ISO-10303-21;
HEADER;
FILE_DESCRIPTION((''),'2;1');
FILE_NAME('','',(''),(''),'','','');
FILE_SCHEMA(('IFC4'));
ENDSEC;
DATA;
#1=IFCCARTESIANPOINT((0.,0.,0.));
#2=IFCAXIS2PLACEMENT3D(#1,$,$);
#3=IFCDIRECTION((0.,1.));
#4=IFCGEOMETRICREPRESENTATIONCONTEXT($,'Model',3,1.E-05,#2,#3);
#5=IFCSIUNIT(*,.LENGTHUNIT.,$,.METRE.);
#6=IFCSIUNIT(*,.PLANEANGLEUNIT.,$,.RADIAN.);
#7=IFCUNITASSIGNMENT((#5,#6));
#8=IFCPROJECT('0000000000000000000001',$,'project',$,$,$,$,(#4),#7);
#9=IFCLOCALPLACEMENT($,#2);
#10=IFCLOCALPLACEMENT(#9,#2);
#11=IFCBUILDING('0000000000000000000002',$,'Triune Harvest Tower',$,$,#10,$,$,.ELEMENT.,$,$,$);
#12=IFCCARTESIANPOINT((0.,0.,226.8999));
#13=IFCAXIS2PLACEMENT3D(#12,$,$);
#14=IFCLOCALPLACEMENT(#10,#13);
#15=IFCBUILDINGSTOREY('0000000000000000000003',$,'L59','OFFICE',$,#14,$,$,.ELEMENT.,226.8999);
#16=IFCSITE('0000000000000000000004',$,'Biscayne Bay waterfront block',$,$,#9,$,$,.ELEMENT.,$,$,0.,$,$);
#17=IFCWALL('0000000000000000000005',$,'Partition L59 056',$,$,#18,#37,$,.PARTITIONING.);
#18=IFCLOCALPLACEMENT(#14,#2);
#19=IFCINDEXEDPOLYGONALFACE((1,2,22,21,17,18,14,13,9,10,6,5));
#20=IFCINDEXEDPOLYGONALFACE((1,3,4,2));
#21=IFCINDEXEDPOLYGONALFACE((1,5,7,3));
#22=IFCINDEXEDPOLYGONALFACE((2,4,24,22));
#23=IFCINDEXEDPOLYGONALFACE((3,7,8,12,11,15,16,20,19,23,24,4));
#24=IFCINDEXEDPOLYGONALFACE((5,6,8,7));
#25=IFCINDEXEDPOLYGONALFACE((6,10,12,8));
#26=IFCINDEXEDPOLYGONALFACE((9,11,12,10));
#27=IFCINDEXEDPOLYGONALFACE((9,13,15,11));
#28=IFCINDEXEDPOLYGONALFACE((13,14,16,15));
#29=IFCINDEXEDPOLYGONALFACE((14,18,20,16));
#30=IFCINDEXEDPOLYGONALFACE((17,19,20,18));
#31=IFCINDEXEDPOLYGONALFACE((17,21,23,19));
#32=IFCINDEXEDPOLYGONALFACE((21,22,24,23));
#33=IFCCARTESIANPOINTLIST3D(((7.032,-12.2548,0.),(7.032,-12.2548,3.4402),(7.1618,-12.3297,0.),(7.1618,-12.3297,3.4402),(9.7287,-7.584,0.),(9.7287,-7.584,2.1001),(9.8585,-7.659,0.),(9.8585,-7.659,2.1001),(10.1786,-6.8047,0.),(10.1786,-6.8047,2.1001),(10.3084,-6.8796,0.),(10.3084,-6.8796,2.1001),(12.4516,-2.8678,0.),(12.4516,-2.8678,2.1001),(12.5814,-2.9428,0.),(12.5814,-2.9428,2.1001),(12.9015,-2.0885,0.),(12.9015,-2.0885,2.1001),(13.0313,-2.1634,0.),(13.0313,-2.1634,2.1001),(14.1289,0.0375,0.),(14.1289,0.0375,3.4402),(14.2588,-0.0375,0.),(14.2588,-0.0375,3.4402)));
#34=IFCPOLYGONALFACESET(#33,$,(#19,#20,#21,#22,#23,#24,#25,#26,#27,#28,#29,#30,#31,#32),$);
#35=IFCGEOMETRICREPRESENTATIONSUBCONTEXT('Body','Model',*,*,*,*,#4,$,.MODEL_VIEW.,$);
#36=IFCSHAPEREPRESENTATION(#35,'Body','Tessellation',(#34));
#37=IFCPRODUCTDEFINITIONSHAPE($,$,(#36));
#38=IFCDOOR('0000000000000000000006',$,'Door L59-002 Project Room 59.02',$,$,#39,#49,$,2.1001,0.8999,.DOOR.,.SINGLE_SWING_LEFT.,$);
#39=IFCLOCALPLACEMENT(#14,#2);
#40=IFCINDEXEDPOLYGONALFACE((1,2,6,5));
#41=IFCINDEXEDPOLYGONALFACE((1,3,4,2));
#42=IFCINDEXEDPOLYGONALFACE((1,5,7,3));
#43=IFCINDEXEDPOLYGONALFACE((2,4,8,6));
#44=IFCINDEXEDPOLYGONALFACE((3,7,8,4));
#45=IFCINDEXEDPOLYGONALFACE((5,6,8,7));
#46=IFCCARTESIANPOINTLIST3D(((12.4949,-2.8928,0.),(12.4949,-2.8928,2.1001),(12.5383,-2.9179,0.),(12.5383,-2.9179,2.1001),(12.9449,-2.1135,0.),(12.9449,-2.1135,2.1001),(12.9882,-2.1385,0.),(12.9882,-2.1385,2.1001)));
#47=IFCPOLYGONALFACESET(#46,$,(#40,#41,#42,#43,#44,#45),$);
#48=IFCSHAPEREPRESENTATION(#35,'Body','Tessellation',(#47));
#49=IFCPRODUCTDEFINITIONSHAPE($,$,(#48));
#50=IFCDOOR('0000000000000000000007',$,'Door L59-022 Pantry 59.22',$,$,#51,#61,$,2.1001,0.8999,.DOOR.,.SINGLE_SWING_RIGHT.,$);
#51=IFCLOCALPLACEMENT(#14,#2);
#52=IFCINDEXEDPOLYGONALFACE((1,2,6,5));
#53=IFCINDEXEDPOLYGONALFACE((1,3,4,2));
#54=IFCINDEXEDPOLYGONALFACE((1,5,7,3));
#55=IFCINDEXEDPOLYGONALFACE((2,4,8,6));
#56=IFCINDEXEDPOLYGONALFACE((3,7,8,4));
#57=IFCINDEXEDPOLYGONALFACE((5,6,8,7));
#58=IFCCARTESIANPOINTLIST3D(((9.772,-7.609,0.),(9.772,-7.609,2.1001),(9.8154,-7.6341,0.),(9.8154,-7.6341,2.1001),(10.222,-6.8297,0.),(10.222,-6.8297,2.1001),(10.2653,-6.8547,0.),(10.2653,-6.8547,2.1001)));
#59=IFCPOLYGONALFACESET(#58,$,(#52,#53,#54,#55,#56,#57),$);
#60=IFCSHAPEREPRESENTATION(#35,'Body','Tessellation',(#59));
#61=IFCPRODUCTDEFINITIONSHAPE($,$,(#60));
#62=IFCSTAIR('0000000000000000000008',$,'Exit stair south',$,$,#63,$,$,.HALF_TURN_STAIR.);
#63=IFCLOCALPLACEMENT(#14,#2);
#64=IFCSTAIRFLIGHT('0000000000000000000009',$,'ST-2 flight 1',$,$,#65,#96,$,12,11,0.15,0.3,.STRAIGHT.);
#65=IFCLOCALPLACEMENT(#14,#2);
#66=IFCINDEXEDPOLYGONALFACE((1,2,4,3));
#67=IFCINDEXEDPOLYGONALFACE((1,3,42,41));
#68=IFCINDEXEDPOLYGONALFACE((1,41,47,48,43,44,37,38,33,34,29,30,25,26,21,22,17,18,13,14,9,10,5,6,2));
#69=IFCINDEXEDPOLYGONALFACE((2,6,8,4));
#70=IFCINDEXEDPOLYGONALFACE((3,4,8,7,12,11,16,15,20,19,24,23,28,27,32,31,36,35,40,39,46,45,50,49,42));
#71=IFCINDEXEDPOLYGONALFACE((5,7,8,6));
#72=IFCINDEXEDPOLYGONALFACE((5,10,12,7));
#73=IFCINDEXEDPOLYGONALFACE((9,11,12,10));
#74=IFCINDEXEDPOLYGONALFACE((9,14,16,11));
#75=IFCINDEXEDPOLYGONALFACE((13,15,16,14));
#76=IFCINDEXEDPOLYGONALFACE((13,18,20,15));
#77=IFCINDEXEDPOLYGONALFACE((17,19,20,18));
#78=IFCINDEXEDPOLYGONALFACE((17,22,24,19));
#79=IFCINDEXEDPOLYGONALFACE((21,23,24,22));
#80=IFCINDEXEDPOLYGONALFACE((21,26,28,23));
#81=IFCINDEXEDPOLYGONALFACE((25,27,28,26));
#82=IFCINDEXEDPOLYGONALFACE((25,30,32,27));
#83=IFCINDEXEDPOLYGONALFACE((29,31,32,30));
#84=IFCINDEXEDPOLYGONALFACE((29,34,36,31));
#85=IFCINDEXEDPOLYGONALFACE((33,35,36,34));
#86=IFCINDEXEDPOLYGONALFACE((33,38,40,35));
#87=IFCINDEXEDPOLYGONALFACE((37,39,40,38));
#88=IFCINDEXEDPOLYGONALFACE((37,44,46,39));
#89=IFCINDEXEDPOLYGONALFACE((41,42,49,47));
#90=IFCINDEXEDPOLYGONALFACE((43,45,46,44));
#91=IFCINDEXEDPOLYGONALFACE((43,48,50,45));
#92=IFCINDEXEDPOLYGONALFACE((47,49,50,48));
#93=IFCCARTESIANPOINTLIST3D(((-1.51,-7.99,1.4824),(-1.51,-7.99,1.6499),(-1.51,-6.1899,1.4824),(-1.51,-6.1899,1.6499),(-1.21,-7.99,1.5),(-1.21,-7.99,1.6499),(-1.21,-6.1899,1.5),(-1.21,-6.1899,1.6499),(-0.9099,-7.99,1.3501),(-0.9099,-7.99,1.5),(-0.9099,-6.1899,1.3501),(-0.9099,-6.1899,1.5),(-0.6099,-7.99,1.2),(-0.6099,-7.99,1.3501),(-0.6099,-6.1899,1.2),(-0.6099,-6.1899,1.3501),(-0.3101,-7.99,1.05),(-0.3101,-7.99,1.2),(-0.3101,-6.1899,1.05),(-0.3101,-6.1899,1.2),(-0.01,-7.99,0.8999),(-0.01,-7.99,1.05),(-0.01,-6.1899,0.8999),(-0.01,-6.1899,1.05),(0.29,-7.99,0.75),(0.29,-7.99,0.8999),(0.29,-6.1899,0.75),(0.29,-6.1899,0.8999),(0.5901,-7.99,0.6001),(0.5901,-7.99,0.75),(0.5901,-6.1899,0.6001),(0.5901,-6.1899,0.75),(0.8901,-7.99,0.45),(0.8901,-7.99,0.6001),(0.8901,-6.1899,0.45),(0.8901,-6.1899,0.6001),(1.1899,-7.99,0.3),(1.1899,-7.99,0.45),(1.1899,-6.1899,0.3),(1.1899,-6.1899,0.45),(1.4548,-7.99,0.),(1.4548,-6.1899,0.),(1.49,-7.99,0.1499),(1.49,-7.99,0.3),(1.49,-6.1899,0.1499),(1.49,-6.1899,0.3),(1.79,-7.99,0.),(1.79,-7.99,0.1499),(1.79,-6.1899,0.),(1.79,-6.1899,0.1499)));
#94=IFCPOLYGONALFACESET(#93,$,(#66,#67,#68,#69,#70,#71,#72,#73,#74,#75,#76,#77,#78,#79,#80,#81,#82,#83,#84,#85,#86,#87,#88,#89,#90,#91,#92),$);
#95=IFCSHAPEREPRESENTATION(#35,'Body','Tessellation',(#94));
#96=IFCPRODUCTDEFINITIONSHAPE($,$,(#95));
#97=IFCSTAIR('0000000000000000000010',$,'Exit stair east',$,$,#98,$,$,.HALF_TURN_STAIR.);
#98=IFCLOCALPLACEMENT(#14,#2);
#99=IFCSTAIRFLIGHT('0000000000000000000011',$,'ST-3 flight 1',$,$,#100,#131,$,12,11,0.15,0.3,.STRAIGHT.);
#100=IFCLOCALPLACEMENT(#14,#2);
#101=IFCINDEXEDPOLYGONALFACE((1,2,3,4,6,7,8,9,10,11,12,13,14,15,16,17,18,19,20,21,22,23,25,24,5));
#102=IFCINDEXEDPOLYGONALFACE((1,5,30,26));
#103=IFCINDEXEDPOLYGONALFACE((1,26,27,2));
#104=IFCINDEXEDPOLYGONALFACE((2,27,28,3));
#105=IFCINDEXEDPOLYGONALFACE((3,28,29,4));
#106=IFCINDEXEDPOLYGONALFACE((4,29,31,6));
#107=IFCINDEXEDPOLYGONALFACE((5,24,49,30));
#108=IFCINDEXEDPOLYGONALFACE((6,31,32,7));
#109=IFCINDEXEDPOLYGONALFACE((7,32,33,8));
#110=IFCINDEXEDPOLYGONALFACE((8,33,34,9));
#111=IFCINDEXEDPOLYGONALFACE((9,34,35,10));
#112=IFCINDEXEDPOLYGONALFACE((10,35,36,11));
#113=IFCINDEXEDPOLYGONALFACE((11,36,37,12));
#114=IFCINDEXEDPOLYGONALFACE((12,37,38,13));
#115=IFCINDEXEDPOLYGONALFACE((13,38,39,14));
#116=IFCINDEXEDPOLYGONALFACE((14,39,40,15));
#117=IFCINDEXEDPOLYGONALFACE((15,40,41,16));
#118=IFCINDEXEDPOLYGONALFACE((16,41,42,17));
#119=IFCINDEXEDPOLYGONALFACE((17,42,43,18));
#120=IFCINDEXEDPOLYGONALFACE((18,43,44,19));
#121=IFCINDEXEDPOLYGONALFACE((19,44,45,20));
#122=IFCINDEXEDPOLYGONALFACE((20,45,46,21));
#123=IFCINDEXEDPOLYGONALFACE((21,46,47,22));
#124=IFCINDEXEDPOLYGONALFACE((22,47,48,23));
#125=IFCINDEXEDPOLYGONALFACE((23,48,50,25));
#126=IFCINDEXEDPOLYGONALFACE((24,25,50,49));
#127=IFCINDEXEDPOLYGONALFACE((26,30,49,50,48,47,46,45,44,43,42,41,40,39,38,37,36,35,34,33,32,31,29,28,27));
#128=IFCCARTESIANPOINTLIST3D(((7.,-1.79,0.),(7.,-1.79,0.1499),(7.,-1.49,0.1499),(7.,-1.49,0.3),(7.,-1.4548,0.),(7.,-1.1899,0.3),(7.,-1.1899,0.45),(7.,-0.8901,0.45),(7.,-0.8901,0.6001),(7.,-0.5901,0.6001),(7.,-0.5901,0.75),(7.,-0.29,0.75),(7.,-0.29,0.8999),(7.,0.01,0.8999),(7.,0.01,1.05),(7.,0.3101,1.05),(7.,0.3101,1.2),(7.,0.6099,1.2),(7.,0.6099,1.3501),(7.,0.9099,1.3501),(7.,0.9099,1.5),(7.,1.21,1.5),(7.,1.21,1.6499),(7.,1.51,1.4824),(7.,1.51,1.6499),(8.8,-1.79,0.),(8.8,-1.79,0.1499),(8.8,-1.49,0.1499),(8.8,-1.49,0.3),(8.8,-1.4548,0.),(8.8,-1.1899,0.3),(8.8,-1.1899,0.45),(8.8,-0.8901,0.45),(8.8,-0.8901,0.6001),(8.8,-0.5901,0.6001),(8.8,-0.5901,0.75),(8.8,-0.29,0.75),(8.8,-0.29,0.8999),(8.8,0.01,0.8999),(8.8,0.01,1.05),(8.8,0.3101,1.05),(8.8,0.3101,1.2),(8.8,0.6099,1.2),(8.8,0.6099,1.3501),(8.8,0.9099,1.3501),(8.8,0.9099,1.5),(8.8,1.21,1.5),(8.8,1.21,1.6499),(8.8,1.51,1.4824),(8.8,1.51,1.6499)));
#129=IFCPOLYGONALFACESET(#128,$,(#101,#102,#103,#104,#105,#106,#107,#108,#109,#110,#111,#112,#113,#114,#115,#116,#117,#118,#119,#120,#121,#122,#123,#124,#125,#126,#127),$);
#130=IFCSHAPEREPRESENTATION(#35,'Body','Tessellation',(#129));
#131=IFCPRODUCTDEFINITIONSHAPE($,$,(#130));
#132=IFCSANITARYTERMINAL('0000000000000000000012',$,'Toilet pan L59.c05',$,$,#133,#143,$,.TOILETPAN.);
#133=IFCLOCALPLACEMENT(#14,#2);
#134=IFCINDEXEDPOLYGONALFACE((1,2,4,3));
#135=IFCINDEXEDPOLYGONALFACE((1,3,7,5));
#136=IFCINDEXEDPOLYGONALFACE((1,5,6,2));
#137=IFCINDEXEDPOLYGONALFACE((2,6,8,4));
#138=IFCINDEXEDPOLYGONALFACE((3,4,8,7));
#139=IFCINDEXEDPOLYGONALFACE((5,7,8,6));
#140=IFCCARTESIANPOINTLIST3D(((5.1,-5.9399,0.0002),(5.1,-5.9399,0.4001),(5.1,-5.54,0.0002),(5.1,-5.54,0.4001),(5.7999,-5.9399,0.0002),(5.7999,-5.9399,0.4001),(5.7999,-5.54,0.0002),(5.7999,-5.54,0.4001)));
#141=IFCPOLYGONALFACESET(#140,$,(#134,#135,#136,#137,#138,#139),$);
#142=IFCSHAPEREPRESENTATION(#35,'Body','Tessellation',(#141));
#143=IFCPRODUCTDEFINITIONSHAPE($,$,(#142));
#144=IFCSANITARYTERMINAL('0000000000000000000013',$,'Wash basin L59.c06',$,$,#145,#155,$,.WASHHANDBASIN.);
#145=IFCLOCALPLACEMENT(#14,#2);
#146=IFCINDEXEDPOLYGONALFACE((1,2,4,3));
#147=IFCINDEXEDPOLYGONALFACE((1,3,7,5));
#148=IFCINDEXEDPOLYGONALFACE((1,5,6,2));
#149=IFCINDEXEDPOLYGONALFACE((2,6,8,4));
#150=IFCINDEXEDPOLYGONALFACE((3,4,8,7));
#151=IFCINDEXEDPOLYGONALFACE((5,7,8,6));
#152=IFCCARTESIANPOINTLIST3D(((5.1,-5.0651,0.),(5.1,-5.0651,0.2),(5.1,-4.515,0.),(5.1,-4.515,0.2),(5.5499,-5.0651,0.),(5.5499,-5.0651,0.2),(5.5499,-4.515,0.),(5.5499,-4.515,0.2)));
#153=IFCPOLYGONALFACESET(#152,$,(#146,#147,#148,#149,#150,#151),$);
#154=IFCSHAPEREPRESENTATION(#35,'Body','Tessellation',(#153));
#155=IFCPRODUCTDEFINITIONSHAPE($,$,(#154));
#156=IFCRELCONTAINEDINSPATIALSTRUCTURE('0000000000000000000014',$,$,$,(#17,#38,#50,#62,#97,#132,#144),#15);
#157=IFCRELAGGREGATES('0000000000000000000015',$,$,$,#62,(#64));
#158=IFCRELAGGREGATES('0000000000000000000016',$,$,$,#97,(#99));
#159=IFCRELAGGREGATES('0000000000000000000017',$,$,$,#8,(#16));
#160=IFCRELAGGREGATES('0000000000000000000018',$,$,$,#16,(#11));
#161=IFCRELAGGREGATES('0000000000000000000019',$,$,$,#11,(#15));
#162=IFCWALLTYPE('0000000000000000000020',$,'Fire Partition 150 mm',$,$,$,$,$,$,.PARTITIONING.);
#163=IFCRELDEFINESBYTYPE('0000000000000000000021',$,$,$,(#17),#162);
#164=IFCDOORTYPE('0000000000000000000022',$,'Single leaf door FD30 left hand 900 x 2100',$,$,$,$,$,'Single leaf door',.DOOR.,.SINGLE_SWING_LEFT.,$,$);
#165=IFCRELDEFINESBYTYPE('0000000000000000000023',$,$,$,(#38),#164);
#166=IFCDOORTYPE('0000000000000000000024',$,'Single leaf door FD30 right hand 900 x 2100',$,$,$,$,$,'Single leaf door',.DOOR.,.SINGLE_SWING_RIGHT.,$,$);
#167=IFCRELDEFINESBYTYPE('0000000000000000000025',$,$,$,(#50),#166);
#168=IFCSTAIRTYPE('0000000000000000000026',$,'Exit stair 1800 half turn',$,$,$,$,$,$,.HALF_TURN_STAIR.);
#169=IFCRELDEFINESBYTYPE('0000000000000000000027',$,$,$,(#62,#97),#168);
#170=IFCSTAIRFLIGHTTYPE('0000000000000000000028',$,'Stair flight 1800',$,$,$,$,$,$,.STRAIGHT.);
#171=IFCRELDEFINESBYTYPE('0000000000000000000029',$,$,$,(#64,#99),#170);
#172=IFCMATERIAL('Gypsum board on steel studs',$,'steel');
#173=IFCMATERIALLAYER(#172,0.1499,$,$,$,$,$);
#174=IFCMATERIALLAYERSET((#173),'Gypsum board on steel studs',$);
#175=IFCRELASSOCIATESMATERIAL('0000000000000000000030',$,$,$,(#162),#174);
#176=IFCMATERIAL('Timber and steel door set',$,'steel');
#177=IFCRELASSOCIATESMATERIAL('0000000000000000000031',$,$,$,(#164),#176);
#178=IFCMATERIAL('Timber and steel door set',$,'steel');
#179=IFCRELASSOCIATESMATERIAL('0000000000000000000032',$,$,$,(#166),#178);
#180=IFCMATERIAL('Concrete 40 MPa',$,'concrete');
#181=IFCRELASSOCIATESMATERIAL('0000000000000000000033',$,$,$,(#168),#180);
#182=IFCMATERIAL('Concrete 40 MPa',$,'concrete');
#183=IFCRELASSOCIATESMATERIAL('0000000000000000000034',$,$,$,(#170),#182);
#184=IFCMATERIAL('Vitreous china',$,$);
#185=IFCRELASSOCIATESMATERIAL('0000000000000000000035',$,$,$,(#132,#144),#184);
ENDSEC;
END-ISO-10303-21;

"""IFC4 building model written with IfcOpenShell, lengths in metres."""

from ifc_helpers import new_model, si_unit, direction, frame, frame_2d, origin, origin_2d, place, context, subcontext, project, spatial, polyline, rectangle, outline, extrude, source, transform, mapped, material, layer, layer_set, type_object, element, fill, aggregate, save


model = new_model("IFC4")

# Units and contexts
model_context = context("Model", 3, precision=1e-05, world=origin(), true_north=direction((0.0, 1.0)))
body_context = subcontext(model_context, "Body", "Model", "MODEL_VIEW")
ifc_project = project(units=[si_unit("LENGTHUNIT", "METRE"), si_unit("PLANEANGLEUNIT", "RADIAN")], contexts=[model_context])

# Site, building, storey
site_placement = place(None, origin())
site = spatial("IfcSite", under=ifc_project, at=site_placement, Name="Biscayne Bay waterfront block", CompositionType="ELEMENT", RefElevation=0.0)
building_placement = place(site_placement, origin())
building = spatial("IfcBuilding", under=site, at=building_placement, Name="Triune Harvest Tower", CompositionType="ELEMENT")
storey_placement = place(building_placement, frame((0.0, 0.0, 226.8999)))
storey = spatial("IfcBuildingStorey", under=building, at=storey_placement, Name="L59", Description="OFFICE", CompositionType="ELEMENT", Elevation=226.8999)

# Wall, openings, doors
ifc_material_1 = material(Name="Gypsum board on steel studs", Category="steel")
ifc_layer_1 = layer(ifc_material_1, 0.1499)
ifc_layer_set_1 = layer_set([ifc_layer_1], Name="Gypsum board on steel studs")
wall_type_1 = type_object("IfcWallType", Name="Fire Partition 150 mm", PredefinedType="PARTITIONING", material=ifc_layer_set_1)
shared_shape_1 = source(origin(), body_context, "Body", "SweptSolid", [
    extrude(rectangle(XDim=14.1938, YDim=0.1499, at=frame_2d((7.0969, 0.0))), origin(), (0.0, 0.0, 1.0), 3.4402),
])
wall_1_placement = place(storey_placement, frame((7.0969, -12.2922, 0.0), z_axis=(0.0, 0.0, 1.0), x_axis=(0.5, 0.866025, 0.0)))
wall_1 = element("IfcWall", 1, at=wall_1_placement, inside=storey, type_object=wall_type_1, Name="Partition L59 056", PredefinedType="PARTITIONING", context=body_context, shape_type="MappedRepresentation", body=[
    mapped(shared_shape_1, transform((0.0, 0.0, 0.0), scale=1.0)),
])
opening_1_placement = place(wall_1_placement, frame((10.8391, 0.0, 0.0)))
opening_1 = element("IfcOpeningElement", 2, at=opening_1_placement, cuts=wall_1, PredefinedType="OPENING", context=body_context, shape_type="SweptSolid", body=[
    extrude(rectangle(XDim=0.8999, YDim=2.1001, at=frame_2d((0.45, 1.05))), frame((0.0, 0.085, 0.0), z_axis=(0.0, -1.0, 0.0), x_axis=(1.0, 0.0, 0.0)), (0.0, 0.0, 1.0), 0.1699),
])
opening_2_placement = place(wall_1_placement, frame((5.3933, 0.0, 0.0)))
opening_2 = element("IfcOpeningElement", 3, at=opening_2_placement, cuts=wall_1, PredefinedType="OPENING", context=body_context, shape_type="SweptSolid", body=[
    extrude(rectangle(XDim=0.8999, YDim=2.1001, at=frame_2d((0.45, 1.05))), frame((0.0, 0.085, 0.0), z_axis=(0.0, -1.0, 0.0), x_axis=(1.0, 0.0, 0.0)), (0.0, 0.0, 1.0), 0.1699),
])
ifc_material_2 = material(Name="Timber and steel door set", Category="steel")
door_type_1 = type_object("IfcDoorType", Name="Single leaf door FD30 left hand 900 x 2100", ElementType="Single leaf door", OperationType="SINGLE_SWING_LEFT", PredefinedType="DOOR", material=ifc_material_2)
door_1_placement = place(opening_1_placement, origin())
door_1 = element("IfcDoor", 4, at=door_1_placement, inside=storey, type_object=door_type_1, Name="Door L59-002 Project Room 59.02", OperationType="SINGLE_SWING_LEFT", OverallHeight=2.1001, OverallWidth=0.8999, PredefinedType="DOOR", context=body_context, shape_type="SweptSolid", body=[
    extrude(rectangle(XDim=0.8999, YDim=2.1001, at=frame_2d((0.45, 1.05))), frame((0.0, 0.0249, 0.0), z_axis=(0.0, -1.0, 0.0), x_axis=(1.0, 0.0, 0.0)), (0.0, 0.0, 1.0), 0.05),
])
fill(opening_1, door_1)
ifc_material_3 = material(Name="Timber and steel door set", Category="steel")
door_type_2 = type_object("IfcDoorType", Name="Single leaf door FD30 right hand 900 x 2100", ElementType="Single leaf door", OperationType="SINGLE_SWING_RIGHT", PredefinedType="DOOR", material=ifc_material_3)
door_2_placement = place(opening_2_placement, origin())
door_2 = element("IfcDoor", 5, at=door_2_placement, inside=storey, type_object=door_type_2, Name="Door L59-022 Pantry 59.22", OperationType="SINGLE_SWING_RIGHT", OverallHeight=2.1001, OverallWidth=0.8999, PredefinedType="DOOR", context=body_context, shape_type="SweptSolid", body=[
    extrude(rectangle(XDim=0.8999, YDim=2.1001, at=frame_2d((0.45, 1.05))), frame((0.0, 0.0249, 0.0), z_axis=(0.0, -1.0, 0.0), x_axis=(1.0, 0.0, 0.0)), (0.0, 0.0, 1.0), 0.05),
])
fill(opening_2, door_2)

# Stairs, stair flights
ifc_material_4 = material(Name="Concrete 40 MPa", Category="concrete")
stair_type = type_object("IfcStairType", Name="Exit stair 1800 half turn", PredefinedType="HALF_TURN_STAIR", material=ifc_material_4)
stair_1_placement = place(storey_placement, origin())
stair_1 = element("IfcStair", 6, at=stair_1_placement, inside=storey, type_object=stair_type, Name="Exit stair south", PredefinedType="HALF_TURN_STAIR")
ifc_material_5 = material(Name="Concrete 40 MPa", Category="concrete")
stair_flight_type = type_object("IfcStairFlightType", Name="Stair flight 1800", PredefinedType="STRAIGHT", material=ifc_material_5)
shared_shape_2 = source(origin(), body_context, "Body", "SweptSolid", [
    extrude(outline(polyline([(0.0, 0.0), (0.0, 0.1499), (0.3, 0.1499), (0.3, 0.3), (0.6001, 0.3), (0.6001, 0.45), (0.8999, 0.45), (0.8999, 0.6001), (1.2, 0.6001), (1.2, 0.75), (1.5, 0.75), (1.5, 0.8999), (1.8, 0.8999), (1.8, 1.05), (2.1001, 1.05), (2.1001, 1.2), (2.3999, 1.2), (2.3999, 1.3501), (2.7, 1.3501), (2.7, 1.5), (3.0, 1.5), (3.0, 1.6499), (3.3, 1.6499), (3.3, 1.8), (3.3, 1.4824), (0.3352, 0.0), (0.0, 0.0)])), frame((0.0, 0.8999, 0.0), z_axis=(0.0, -1.0, 0.0), x_axis=(1.0, 0.0, 0.0)), (0.0, 0.0, 1.0), 1.8),
])
stair_flight_1_placement = place(storey_placement, frame((1.79, -7.0901, 0.0), z_axis=(0.0, 0.0, 1.0), x_axis=(-1.0, 0.0, 0.0)))
stair_flight_1 = element("IfcStairFlight", 7, at=stair_flight_1_placement, type_object=stair_flight_type, Name="ST-2 flight 1", NumberOfRisers=12, NumberOfTreads=11, PredefinedType="STRAIGHT", RiserHeight=0.15, TreadLength=0.3, context=body_context, shape_type="MappedRepresentation", body=[
    mapped(shared_shape_2, transform((0.0, 0.0, 0.0), scale=1.0)),
])
aggregate(stair_1, [stair_flight_1])
stair_2_placement = place(storey_placement, origin())
stair_2 = element("IfcStair", 8, at=stair_2_placement, inside=storey, type_object=stair_type, Name="Exit stair east", PredefinedType="HALF_TURN_STAIR")
stair_flight_2_placement = place(storey_placement, frame((7.8999, -1.79, 0.0), z_axis=(0.0, 0.0, 1.0), x_axis=(0.0, 1.0, 0.0)))
stair_flight_2 = element("IfcStairFlight", 9, at=stair_flight_2_placement, type_object=stair_flight_type, Name="ST-3 flight 1", NumberOfRisers=12, NumberOfTreads=11, PredefinedType="STRAIGHT", RiserHeight=0.15, TreadLength=0.3, context=body_context, shape_type="MappedRepresentation", body=[
    mapped(shared_shape_2, transform((0.0, 0.0, 0.0), scale=1.0)),
])
aggregate(stair_2, [stair_flight_2])

# Sanitary terminals
ifc_material_6 = material(Name="Vitreous china")
shared_shape_3 = source(origin(), body_context, "Body", "SweptSolid", [
    extrude(rectangle(XDim=0.3999, YDim=0.7, at=origin_2d()), origin(), (0.0, 0.0, 1.0), 0.3999),
])
sanitary_terminal_1_placement = place(storey_placement, frame((5.45, -5.74, 0.0002), z_axis=(0.0, 0.0, 1.0), x_axis=(0.0, 1.0, 0.0)))
element("IfcSanitaryTerminal", 10, at=sanitary_terminal_1_placement, inside=storey, material=ifc_material_6, Name="Toilet pan L59.c05", PredefinedType="TOILETPAN", context=body_context, shape_type="MappedRepresentation", body=[
    mapped(shared_shape_3, transform((0.0, 0.0, 0.0), scale=1.0)),
])
shared_shape_4 = source(origin(), body_context, "Body", "SweptSolid", [
    extrude(rectangle(XDim=0.55, YDim=0.45, at=origin_2d()), origin(), (0.0, 0.0, 1.0), 0.2),
])
sanitary_terminal_2_placement = place(storey_placement, frame((5.325, -4.79, 0.0), z_axis=(0.0, 0.0, 1.0), x_axis=(0.0, 1.0, 0.0)))
element("IfcSanitaryTerminal", 11, at=sanitary_terminal_2_placement, inside=storey, material=ifc_material_6, Name="Wash basin L59.c06", PredefinedType="WASHHANDBASIN", context=body_context, shape_type="MappedRepresentation", body=[
    mapped(shared_shape_4, transform((0.0, 0.0, 0.0), scale=1.0)),
])

save(model, "model.ifc")
